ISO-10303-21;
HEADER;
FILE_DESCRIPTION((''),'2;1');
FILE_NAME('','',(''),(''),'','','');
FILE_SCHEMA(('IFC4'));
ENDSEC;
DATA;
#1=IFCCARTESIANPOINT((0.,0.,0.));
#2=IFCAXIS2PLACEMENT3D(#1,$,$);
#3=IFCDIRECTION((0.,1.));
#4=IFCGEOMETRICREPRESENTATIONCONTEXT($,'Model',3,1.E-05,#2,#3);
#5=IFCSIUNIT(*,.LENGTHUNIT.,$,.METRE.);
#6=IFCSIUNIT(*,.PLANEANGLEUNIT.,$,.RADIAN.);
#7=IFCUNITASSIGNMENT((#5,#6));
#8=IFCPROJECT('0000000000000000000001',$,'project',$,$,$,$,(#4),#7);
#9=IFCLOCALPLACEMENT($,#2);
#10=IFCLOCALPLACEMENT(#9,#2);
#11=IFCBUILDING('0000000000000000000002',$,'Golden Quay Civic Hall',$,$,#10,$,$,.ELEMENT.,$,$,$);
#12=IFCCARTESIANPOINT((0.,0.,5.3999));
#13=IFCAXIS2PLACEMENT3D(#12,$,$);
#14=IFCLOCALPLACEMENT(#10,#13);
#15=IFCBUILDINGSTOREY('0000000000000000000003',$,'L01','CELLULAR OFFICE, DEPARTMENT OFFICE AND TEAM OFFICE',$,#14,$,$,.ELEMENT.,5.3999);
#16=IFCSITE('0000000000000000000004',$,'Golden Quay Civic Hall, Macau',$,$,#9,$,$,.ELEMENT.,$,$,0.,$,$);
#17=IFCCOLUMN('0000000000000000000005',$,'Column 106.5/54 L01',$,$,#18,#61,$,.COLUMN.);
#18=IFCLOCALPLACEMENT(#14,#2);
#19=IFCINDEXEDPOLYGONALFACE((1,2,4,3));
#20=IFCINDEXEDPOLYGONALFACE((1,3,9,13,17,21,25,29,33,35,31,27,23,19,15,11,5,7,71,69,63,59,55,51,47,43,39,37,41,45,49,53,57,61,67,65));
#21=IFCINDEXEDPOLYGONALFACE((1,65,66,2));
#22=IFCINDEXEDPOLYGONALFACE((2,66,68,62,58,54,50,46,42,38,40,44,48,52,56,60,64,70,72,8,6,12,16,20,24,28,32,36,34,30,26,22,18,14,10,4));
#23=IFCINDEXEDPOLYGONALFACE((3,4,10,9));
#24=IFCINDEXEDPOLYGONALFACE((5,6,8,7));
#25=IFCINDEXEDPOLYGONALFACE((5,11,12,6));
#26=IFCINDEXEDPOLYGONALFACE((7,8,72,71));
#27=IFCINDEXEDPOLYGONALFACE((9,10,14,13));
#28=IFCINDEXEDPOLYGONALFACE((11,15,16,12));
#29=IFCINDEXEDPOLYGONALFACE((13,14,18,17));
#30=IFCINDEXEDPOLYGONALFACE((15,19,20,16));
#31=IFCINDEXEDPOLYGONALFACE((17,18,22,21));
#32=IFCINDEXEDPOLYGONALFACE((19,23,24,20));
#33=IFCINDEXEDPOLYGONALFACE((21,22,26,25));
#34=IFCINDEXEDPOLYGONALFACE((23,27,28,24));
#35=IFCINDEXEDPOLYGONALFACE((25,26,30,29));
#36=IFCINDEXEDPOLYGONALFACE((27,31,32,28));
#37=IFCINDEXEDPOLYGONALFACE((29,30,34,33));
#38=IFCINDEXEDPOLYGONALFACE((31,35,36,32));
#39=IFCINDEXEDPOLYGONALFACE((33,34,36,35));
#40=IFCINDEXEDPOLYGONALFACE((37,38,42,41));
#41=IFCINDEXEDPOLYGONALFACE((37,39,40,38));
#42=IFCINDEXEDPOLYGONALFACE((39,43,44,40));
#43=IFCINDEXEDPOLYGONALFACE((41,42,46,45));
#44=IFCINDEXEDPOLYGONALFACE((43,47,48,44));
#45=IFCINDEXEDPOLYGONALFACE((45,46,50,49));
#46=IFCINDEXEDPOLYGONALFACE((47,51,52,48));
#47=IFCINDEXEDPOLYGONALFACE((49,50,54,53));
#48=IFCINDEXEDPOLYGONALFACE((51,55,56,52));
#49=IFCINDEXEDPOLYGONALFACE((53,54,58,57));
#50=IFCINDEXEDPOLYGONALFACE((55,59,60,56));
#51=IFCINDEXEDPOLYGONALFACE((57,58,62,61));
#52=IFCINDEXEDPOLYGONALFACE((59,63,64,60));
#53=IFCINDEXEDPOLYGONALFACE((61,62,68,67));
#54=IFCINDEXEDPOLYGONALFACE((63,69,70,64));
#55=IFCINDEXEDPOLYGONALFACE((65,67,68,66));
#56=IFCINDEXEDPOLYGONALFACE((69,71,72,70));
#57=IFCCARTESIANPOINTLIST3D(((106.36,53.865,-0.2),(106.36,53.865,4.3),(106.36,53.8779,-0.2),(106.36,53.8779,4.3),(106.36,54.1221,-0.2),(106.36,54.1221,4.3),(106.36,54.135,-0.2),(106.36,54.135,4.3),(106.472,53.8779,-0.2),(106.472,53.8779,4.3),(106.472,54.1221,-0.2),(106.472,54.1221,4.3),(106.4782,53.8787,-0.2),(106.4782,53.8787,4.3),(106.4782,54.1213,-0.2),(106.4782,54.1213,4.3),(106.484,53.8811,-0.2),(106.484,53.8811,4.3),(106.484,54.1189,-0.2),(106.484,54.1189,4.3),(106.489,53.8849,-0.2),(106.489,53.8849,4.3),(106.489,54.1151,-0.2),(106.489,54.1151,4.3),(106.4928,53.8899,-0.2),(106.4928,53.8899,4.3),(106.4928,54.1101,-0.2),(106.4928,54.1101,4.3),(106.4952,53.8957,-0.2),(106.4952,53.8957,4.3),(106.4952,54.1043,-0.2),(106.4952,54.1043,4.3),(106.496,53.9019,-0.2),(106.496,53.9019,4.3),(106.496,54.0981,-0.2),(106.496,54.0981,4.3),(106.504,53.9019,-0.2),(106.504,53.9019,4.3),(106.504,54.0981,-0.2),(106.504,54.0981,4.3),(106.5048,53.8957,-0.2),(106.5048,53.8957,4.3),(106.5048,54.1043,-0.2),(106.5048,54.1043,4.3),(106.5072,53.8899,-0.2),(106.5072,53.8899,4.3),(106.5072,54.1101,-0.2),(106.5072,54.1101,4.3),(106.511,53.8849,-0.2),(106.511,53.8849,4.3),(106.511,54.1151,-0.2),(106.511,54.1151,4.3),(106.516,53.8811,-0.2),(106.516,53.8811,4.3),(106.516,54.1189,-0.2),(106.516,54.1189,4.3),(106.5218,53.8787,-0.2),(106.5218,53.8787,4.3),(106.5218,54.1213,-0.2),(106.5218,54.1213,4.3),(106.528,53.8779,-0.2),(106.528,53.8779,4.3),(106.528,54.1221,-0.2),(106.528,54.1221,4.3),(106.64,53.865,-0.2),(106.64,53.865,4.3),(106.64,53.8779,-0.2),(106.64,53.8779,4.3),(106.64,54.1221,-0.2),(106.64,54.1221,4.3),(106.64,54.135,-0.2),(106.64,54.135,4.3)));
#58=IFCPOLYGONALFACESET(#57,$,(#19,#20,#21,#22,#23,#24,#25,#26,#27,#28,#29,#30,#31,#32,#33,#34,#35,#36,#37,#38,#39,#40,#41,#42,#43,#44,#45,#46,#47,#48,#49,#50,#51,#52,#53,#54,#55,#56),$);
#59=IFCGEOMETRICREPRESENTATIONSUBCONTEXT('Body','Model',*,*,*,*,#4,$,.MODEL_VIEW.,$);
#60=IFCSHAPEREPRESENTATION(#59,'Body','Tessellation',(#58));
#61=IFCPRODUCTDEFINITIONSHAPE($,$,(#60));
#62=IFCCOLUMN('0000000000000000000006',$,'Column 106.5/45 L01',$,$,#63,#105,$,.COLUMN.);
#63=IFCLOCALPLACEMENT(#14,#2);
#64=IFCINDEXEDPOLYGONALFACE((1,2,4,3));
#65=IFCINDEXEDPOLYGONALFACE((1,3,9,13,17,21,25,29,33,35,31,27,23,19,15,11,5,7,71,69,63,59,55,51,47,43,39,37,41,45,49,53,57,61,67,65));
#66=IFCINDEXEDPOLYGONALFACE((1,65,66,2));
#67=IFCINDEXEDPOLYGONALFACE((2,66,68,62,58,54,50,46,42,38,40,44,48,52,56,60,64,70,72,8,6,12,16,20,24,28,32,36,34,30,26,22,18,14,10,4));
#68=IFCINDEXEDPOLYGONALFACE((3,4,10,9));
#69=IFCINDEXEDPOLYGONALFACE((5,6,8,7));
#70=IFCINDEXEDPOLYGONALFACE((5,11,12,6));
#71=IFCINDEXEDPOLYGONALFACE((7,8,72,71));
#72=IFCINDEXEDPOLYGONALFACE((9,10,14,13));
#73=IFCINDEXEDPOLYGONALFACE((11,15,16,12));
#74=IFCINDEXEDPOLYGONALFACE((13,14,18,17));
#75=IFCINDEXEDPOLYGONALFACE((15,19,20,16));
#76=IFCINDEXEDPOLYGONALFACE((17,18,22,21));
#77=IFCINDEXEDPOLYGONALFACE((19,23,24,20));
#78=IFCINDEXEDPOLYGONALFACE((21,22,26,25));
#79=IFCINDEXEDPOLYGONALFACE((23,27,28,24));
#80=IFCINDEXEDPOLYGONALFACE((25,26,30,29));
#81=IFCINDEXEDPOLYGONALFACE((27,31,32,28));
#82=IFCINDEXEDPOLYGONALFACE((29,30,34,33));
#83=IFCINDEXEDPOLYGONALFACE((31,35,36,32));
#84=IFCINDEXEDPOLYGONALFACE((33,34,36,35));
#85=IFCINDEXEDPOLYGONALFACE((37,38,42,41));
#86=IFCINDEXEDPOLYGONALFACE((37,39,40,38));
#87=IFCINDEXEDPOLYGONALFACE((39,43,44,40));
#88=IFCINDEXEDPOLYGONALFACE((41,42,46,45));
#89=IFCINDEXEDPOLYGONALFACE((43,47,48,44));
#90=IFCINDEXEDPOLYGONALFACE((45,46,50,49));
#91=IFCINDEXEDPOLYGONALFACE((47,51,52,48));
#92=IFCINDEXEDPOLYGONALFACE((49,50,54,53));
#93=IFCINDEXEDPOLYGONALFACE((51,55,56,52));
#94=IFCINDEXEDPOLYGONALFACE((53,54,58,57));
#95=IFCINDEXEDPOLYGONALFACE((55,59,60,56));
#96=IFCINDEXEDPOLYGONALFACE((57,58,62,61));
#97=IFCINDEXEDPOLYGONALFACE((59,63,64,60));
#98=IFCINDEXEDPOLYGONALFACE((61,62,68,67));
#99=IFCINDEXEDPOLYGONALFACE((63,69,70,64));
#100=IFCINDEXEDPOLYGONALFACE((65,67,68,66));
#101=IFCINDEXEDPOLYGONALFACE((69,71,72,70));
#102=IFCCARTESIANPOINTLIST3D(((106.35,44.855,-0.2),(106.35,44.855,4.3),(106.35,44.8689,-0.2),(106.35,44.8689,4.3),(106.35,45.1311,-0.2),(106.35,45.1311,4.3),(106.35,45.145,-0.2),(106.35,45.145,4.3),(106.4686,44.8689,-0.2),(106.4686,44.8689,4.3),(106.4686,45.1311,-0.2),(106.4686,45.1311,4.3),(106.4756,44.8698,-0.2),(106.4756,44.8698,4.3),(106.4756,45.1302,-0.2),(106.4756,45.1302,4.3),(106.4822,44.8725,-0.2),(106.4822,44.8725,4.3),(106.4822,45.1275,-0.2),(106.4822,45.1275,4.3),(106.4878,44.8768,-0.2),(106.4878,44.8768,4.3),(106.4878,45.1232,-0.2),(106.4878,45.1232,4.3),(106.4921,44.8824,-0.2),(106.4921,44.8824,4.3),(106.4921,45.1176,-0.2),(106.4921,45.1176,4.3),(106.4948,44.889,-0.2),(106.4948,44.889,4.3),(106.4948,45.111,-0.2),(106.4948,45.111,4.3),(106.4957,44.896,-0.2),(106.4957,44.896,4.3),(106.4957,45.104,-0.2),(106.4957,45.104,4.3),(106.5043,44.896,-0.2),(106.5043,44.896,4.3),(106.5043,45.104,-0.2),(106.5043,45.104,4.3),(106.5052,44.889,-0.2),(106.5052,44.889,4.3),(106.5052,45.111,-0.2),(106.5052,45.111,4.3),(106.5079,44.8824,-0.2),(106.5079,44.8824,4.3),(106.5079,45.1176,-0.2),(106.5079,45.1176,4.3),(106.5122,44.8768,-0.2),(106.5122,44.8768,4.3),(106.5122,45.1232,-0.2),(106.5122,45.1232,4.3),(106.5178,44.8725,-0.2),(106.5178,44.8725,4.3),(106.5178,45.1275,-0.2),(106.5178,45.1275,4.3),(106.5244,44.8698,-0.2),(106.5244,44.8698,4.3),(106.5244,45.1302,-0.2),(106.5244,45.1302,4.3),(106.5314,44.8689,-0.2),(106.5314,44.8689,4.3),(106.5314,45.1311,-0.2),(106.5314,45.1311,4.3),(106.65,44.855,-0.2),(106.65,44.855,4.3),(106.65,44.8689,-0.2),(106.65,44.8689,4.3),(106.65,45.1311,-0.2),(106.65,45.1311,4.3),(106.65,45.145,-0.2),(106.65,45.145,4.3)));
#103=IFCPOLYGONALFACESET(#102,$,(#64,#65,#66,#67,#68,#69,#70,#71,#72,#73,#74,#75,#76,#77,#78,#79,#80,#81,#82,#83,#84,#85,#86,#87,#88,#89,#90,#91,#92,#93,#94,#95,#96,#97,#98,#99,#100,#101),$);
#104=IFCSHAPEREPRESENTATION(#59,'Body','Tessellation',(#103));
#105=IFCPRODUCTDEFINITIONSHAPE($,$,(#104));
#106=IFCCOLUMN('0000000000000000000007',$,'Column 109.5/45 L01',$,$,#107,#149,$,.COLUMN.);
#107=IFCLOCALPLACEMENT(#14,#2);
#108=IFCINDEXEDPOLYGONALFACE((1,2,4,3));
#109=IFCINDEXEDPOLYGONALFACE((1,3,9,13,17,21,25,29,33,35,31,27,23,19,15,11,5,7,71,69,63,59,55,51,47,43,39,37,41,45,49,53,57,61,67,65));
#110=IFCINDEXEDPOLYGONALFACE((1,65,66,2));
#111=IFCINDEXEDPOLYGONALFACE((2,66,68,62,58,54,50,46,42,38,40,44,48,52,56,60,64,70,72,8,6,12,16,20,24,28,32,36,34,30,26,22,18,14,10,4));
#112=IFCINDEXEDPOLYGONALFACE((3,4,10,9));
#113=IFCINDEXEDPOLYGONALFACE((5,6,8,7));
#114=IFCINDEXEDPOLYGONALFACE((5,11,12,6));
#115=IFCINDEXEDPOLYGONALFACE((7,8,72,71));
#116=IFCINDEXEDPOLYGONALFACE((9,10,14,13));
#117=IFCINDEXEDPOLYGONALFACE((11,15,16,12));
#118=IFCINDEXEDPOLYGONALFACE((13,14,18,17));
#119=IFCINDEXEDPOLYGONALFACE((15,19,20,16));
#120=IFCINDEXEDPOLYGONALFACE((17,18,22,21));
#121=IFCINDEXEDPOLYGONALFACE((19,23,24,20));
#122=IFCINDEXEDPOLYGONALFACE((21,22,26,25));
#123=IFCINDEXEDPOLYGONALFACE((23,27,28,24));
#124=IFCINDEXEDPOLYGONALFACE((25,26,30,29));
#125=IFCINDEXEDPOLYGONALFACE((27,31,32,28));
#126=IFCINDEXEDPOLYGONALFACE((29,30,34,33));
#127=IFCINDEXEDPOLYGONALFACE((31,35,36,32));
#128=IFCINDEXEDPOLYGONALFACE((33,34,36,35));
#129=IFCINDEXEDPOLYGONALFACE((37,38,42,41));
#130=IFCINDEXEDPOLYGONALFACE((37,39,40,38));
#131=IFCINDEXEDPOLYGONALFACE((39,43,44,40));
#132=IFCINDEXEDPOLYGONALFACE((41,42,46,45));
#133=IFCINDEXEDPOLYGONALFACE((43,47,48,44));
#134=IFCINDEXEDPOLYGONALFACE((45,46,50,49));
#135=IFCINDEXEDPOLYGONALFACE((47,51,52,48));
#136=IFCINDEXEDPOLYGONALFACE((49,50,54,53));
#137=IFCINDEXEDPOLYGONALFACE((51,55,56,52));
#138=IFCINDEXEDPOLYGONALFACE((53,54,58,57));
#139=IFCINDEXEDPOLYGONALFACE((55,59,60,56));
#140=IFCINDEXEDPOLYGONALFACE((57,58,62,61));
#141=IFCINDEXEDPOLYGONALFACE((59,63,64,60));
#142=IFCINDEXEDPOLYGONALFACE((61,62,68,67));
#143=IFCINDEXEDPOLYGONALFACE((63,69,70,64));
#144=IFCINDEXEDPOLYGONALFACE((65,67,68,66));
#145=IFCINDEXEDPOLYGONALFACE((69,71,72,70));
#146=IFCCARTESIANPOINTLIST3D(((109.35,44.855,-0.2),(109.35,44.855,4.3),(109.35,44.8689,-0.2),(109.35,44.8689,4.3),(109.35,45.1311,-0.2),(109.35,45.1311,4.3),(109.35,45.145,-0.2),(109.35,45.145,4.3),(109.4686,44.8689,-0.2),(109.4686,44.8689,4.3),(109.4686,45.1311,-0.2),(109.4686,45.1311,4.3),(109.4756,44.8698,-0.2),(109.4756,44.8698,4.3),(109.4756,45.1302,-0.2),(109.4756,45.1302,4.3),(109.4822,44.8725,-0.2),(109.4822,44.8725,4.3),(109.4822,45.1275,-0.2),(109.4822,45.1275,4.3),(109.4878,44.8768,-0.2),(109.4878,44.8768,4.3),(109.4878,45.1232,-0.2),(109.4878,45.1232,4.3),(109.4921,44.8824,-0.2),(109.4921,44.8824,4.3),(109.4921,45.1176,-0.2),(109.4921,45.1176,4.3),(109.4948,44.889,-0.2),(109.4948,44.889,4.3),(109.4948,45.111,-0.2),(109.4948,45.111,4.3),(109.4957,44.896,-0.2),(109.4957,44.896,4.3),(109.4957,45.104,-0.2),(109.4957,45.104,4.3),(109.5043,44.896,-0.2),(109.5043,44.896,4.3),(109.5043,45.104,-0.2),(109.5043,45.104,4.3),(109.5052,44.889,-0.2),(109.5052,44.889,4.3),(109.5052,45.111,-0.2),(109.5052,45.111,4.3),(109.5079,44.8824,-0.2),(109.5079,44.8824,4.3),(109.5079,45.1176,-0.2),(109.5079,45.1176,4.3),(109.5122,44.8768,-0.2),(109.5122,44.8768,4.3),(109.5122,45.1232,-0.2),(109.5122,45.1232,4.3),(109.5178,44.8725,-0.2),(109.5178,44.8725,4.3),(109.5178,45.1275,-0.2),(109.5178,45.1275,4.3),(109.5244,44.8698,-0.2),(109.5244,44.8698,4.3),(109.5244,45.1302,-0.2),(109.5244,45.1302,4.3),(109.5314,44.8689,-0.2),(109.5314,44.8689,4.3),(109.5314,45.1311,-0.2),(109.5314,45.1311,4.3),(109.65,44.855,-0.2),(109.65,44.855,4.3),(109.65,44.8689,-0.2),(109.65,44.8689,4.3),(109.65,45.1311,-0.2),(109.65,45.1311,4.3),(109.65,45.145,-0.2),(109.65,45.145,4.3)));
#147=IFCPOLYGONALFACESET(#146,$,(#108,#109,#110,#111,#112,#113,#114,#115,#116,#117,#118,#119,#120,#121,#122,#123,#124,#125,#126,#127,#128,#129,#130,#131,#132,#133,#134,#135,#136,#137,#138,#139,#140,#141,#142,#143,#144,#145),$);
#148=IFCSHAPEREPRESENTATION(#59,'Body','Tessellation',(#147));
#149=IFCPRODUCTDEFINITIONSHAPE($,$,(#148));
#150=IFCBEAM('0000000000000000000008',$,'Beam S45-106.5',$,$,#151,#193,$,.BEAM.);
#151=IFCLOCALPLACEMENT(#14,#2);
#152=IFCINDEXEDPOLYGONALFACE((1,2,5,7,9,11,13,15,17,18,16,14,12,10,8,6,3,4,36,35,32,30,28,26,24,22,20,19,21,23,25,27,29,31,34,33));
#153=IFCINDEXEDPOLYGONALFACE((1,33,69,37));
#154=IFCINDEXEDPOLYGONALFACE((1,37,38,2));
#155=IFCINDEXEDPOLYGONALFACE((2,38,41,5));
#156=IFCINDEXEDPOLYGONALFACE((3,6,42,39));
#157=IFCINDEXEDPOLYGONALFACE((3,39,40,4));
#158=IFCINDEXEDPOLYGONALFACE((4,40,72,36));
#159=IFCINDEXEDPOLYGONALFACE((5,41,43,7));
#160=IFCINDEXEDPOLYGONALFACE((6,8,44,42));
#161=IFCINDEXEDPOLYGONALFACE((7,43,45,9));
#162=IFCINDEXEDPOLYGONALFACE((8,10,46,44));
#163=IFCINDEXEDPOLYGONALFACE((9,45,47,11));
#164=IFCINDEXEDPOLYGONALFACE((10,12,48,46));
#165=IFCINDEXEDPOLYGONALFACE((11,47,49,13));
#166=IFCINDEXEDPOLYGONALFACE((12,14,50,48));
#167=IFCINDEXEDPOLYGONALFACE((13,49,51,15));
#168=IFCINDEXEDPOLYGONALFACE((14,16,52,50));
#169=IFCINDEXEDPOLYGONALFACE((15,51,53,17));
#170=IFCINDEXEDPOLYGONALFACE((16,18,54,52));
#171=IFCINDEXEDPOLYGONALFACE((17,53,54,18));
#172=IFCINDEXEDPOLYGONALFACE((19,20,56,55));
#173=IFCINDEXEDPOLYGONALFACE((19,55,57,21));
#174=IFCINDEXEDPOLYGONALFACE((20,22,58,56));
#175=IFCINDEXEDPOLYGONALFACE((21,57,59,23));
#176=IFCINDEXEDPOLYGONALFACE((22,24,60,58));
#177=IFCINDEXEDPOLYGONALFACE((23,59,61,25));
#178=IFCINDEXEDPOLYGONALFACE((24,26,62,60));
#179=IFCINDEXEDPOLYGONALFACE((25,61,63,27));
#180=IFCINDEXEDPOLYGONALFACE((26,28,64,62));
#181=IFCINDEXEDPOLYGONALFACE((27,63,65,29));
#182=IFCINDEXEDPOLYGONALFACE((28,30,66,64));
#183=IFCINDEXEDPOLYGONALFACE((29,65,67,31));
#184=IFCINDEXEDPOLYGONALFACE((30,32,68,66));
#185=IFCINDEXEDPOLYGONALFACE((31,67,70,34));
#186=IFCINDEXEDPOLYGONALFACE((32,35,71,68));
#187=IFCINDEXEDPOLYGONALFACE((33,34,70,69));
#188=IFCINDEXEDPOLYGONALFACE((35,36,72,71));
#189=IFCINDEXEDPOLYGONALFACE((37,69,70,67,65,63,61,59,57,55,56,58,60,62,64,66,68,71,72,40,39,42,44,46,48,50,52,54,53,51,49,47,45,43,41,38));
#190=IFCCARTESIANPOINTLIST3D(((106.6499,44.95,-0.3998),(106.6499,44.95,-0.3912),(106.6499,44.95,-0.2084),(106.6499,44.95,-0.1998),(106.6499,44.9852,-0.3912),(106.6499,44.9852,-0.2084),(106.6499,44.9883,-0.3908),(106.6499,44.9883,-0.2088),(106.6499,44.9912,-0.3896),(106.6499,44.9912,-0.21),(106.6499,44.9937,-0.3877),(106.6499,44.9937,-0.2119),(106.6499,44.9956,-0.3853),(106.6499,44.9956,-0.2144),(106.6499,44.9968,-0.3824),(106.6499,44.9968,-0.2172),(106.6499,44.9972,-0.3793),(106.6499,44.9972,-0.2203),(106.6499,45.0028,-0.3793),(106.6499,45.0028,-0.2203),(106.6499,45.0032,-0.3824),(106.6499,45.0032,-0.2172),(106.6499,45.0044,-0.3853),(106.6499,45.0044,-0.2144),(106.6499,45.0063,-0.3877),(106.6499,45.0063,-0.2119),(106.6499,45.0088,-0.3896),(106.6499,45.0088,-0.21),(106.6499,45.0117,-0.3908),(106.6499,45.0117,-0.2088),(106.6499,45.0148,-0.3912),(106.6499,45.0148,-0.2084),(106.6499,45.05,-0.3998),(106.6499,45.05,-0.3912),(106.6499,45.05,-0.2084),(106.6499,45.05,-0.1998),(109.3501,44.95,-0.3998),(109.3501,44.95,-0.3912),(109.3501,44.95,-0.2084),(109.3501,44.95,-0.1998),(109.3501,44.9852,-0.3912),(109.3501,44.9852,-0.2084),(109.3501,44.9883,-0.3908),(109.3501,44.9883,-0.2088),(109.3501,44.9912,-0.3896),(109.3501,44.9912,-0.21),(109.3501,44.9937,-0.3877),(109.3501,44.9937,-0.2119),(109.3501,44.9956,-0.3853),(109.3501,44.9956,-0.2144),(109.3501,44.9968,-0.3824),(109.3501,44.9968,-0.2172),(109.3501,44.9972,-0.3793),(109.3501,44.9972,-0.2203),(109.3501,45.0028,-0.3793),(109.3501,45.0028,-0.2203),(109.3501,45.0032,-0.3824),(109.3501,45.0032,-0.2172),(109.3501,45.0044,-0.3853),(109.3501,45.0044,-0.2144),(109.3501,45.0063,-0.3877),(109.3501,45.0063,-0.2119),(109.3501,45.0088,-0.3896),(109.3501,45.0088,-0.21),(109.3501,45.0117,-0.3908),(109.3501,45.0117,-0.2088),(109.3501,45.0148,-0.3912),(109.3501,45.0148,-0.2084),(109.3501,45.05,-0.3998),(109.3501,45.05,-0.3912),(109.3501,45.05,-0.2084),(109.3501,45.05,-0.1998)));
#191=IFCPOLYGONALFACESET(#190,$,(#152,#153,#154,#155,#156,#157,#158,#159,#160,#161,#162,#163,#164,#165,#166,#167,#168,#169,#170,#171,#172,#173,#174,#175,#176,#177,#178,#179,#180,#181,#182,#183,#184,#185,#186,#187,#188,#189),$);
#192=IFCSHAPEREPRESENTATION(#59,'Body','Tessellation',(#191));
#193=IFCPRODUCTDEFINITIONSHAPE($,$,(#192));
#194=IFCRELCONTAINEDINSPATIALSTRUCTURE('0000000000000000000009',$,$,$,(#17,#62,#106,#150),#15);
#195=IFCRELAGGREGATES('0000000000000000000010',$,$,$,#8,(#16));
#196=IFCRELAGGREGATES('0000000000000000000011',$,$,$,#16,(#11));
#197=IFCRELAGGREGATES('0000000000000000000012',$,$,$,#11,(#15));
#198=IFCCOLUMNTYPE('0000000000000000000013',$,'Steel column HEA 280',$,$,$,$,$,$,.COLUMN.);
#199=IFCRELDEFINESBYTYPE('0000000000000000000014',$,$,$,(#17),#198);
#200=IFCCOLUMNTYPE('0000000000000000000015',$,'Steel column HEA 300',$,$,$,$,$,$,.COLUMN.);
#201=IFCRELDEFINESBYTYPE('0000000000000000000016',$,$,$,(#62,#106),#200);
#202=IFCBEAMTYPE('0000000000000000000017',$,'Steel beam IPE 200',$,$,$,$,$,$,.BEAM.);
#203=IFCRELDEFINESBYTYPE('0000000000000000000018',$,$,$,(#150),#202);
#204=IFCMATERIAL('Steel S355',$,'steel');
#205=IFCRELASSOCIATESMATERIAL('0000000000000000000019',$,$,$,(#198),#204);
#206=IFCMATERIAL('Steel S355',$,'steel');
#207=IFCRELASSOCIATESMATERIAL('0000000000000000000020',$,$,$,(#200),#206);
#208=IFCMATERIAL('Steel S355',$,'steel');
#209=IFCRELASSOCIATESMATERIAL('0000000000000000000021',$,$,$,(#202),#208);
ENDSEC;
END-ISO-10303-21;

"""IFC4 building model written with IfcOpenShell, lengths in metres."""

from ifc_helpers import new_model, si_unit, direction, frame, origin, origin_2d, place, context, subcontext, project, spatial, i_section, extrude, material, material_profile, profile_set, type_object, element, save


model = new_model("IFC4")

# Units and contexts
model_context = context("Model", 3, precision=1e-05, world=origin(), true_north=direction((0.0, 1.0)))
body_context = subcontext(model_context, "Body", "Model", "MODEL_VIEW")
ifc_project = project(units=[si_unit("LENGTHUNIT", "METRE"), si_unit("PLANEANGLEUNIT", "RADIAN")], contexts=[model_context])

# Site, building, storey
site_placement = place(None, origin())
site = spatial("IfcSite", under=ifc_project, at=site_placement, Name="Golden Quay Civic Hall, Macau", CompositionType="ELEMENT", RefElevation=0.0)
building_placement = place(site_placement, origin())
building = spatial("IfcBuilding", under=site, at=building_placement, Name="Golden Quay Civic Hall", CompositionType="ELEMENT")
storey_placement = place(building_placement, frame((0.0, 0.0, 5.3999)))
storey = spatial("IfcBuildingStorey", under=building, at=storey_placement, Name="L01", Description="CELLULAR OFFICE, DEPARTMENT OFFICE AND TEAM OFFICE", CompositionType="ELEMENT", Elevation=5.3999)

# Columns
ifc_material_1 = material(Name="Steel S355", Category="steel")
ifc_material_profile_1 = material_profile(ifc_material_1, i_section(OverallWidth=0.28, OverallDepth=0.27, WebThickness=0.0081, FlangeThickness=0.0129, FilletRadius=0.0239, at=origin_2d()), Name="HEA 280")
ifc_profile_set_1 = profile_set([ifc_material_profile_1], Name="Steel S355")
column_type_1 = type_object("IfcColumnType", Name="Steel column HEA 280", PredefinedType="COLUMN", material=ifc_profile_set_1)
column_placement = place(storey_placement, frame((106.5, 54.0, -0.2), z_axis=(0.0, 0.0, 1.0), x_axis=(1.0, 0.0, 0.0)))
element("IfcColumn", 1, at=column_placement, inside=storey, type_object=column_type_1, Name="Column 106.5/54 L01", PredefinedType="COLUMN", context=body_context, shape_type="SweptSolid", body=[
    extrude(i_section(OverallWidth=0.28, OverallDepth=0.27, WebThickness=0.0081, FlangeThickness=0.0129, FilletRadius=0.0239, at=origin_2d()), origin(), (0.0, 0.0, 1.0), 4.5),
])
ifc_material_2 = material(Name="Steel S355", Category="steel")
ifc_material_profile_2 = material_profile(ifc_material_2, i_section(OverallWidth=0.3, OverallDepth=0.29, WebThickness=0.0085, FlangeThickness=0.0139, FilletRadius=0.0271, at=origin_2d()), Name="HEA 300")
ifc_profile_set_2 = profile_set([ifc_material_profile_2], Name="Steel S355")
column_type_2 = type_object("IfcColumnType", Name="Steel column HEA 300", PredefinedType="COLUMN", material=ifc_profile_set_2)
for number, where, z_axis, x_axis, name in (
    (2, (106.5, 45.0, -0.2), (0.0, 0.0, 1.0), (1.0, 0.0, 0.0), "Column 106.5/45 L01"),
    (3, (109.5, 45.0, -0.2), (0.0, 0.0, 1.0), (1.0, 0.0, 0.0), "Column 109.5/45 L01"),
):
    element("IfcColumn", number, at=place(storey_placement, frame(where, z_axis=z_axis, x_axis=x_axis)), inside=storey, type_object=column_type_2, Name=name, PredefinedType="COLUMN", context=body_context, shape_type="SweptSolid", body=[
        extrude(i_section(OverallWidth=0.3, OverallDepth=0.29, WebThickness=0.0085, FlangeThickness=0.0139, FilletRadius=0.0271, at=origin_2d()), origin(), (0.0, 0.0, 1.0), 4.5),
    ])

# Beam
ifc_material_3 = material(Name="Steel S355", Category="steel")
ifc_material_profile_3 = material_profile(ifc_material_3, i_section(OverallWidth=0.1001, OverallDepth=0.2, WebThickness=0.0056, FlangeThickness=0.0085, FilletRadius=0.012, at=origin_2d()), Name="IPE 200")
ifc_profile_set_3 = profile_set([ifc_material_profile_3], Name="Steel S355")
beam_type_1 = type_object("IfcBeamType", Name="Steel beam IPE 200", PredefinedType="BEAM", material=ifc_profile_set_3)
for number, where, z_axis, x_axis, name in (
    (4, (106.6499, 45.0, -0.2998), (1.0, 0.0, 0.0), (0.0, 1.0, 0.0), "Beam S45-106.5"),
):
    element("IfcBeam", number, at=place(storey_placement, frame(where, z_axis=z_axis, x_axis=x_axis)), inside=storey, type_object=beam_type_1, Name=name, PredefinedType="BEAM", context=body_context, shape_type="SweptSolid", body=[
        extrude(i_section(OverallWidth=0.1001, OverallDepth=0.2, WebThickness=0.0056, FlangeThickness=0.0085, FilletRadius=0.012, at=origin_2d()), origin(), (0.0, 0.0, 1.0), 2.7002),
    ])

save(model, "model.ifc")
